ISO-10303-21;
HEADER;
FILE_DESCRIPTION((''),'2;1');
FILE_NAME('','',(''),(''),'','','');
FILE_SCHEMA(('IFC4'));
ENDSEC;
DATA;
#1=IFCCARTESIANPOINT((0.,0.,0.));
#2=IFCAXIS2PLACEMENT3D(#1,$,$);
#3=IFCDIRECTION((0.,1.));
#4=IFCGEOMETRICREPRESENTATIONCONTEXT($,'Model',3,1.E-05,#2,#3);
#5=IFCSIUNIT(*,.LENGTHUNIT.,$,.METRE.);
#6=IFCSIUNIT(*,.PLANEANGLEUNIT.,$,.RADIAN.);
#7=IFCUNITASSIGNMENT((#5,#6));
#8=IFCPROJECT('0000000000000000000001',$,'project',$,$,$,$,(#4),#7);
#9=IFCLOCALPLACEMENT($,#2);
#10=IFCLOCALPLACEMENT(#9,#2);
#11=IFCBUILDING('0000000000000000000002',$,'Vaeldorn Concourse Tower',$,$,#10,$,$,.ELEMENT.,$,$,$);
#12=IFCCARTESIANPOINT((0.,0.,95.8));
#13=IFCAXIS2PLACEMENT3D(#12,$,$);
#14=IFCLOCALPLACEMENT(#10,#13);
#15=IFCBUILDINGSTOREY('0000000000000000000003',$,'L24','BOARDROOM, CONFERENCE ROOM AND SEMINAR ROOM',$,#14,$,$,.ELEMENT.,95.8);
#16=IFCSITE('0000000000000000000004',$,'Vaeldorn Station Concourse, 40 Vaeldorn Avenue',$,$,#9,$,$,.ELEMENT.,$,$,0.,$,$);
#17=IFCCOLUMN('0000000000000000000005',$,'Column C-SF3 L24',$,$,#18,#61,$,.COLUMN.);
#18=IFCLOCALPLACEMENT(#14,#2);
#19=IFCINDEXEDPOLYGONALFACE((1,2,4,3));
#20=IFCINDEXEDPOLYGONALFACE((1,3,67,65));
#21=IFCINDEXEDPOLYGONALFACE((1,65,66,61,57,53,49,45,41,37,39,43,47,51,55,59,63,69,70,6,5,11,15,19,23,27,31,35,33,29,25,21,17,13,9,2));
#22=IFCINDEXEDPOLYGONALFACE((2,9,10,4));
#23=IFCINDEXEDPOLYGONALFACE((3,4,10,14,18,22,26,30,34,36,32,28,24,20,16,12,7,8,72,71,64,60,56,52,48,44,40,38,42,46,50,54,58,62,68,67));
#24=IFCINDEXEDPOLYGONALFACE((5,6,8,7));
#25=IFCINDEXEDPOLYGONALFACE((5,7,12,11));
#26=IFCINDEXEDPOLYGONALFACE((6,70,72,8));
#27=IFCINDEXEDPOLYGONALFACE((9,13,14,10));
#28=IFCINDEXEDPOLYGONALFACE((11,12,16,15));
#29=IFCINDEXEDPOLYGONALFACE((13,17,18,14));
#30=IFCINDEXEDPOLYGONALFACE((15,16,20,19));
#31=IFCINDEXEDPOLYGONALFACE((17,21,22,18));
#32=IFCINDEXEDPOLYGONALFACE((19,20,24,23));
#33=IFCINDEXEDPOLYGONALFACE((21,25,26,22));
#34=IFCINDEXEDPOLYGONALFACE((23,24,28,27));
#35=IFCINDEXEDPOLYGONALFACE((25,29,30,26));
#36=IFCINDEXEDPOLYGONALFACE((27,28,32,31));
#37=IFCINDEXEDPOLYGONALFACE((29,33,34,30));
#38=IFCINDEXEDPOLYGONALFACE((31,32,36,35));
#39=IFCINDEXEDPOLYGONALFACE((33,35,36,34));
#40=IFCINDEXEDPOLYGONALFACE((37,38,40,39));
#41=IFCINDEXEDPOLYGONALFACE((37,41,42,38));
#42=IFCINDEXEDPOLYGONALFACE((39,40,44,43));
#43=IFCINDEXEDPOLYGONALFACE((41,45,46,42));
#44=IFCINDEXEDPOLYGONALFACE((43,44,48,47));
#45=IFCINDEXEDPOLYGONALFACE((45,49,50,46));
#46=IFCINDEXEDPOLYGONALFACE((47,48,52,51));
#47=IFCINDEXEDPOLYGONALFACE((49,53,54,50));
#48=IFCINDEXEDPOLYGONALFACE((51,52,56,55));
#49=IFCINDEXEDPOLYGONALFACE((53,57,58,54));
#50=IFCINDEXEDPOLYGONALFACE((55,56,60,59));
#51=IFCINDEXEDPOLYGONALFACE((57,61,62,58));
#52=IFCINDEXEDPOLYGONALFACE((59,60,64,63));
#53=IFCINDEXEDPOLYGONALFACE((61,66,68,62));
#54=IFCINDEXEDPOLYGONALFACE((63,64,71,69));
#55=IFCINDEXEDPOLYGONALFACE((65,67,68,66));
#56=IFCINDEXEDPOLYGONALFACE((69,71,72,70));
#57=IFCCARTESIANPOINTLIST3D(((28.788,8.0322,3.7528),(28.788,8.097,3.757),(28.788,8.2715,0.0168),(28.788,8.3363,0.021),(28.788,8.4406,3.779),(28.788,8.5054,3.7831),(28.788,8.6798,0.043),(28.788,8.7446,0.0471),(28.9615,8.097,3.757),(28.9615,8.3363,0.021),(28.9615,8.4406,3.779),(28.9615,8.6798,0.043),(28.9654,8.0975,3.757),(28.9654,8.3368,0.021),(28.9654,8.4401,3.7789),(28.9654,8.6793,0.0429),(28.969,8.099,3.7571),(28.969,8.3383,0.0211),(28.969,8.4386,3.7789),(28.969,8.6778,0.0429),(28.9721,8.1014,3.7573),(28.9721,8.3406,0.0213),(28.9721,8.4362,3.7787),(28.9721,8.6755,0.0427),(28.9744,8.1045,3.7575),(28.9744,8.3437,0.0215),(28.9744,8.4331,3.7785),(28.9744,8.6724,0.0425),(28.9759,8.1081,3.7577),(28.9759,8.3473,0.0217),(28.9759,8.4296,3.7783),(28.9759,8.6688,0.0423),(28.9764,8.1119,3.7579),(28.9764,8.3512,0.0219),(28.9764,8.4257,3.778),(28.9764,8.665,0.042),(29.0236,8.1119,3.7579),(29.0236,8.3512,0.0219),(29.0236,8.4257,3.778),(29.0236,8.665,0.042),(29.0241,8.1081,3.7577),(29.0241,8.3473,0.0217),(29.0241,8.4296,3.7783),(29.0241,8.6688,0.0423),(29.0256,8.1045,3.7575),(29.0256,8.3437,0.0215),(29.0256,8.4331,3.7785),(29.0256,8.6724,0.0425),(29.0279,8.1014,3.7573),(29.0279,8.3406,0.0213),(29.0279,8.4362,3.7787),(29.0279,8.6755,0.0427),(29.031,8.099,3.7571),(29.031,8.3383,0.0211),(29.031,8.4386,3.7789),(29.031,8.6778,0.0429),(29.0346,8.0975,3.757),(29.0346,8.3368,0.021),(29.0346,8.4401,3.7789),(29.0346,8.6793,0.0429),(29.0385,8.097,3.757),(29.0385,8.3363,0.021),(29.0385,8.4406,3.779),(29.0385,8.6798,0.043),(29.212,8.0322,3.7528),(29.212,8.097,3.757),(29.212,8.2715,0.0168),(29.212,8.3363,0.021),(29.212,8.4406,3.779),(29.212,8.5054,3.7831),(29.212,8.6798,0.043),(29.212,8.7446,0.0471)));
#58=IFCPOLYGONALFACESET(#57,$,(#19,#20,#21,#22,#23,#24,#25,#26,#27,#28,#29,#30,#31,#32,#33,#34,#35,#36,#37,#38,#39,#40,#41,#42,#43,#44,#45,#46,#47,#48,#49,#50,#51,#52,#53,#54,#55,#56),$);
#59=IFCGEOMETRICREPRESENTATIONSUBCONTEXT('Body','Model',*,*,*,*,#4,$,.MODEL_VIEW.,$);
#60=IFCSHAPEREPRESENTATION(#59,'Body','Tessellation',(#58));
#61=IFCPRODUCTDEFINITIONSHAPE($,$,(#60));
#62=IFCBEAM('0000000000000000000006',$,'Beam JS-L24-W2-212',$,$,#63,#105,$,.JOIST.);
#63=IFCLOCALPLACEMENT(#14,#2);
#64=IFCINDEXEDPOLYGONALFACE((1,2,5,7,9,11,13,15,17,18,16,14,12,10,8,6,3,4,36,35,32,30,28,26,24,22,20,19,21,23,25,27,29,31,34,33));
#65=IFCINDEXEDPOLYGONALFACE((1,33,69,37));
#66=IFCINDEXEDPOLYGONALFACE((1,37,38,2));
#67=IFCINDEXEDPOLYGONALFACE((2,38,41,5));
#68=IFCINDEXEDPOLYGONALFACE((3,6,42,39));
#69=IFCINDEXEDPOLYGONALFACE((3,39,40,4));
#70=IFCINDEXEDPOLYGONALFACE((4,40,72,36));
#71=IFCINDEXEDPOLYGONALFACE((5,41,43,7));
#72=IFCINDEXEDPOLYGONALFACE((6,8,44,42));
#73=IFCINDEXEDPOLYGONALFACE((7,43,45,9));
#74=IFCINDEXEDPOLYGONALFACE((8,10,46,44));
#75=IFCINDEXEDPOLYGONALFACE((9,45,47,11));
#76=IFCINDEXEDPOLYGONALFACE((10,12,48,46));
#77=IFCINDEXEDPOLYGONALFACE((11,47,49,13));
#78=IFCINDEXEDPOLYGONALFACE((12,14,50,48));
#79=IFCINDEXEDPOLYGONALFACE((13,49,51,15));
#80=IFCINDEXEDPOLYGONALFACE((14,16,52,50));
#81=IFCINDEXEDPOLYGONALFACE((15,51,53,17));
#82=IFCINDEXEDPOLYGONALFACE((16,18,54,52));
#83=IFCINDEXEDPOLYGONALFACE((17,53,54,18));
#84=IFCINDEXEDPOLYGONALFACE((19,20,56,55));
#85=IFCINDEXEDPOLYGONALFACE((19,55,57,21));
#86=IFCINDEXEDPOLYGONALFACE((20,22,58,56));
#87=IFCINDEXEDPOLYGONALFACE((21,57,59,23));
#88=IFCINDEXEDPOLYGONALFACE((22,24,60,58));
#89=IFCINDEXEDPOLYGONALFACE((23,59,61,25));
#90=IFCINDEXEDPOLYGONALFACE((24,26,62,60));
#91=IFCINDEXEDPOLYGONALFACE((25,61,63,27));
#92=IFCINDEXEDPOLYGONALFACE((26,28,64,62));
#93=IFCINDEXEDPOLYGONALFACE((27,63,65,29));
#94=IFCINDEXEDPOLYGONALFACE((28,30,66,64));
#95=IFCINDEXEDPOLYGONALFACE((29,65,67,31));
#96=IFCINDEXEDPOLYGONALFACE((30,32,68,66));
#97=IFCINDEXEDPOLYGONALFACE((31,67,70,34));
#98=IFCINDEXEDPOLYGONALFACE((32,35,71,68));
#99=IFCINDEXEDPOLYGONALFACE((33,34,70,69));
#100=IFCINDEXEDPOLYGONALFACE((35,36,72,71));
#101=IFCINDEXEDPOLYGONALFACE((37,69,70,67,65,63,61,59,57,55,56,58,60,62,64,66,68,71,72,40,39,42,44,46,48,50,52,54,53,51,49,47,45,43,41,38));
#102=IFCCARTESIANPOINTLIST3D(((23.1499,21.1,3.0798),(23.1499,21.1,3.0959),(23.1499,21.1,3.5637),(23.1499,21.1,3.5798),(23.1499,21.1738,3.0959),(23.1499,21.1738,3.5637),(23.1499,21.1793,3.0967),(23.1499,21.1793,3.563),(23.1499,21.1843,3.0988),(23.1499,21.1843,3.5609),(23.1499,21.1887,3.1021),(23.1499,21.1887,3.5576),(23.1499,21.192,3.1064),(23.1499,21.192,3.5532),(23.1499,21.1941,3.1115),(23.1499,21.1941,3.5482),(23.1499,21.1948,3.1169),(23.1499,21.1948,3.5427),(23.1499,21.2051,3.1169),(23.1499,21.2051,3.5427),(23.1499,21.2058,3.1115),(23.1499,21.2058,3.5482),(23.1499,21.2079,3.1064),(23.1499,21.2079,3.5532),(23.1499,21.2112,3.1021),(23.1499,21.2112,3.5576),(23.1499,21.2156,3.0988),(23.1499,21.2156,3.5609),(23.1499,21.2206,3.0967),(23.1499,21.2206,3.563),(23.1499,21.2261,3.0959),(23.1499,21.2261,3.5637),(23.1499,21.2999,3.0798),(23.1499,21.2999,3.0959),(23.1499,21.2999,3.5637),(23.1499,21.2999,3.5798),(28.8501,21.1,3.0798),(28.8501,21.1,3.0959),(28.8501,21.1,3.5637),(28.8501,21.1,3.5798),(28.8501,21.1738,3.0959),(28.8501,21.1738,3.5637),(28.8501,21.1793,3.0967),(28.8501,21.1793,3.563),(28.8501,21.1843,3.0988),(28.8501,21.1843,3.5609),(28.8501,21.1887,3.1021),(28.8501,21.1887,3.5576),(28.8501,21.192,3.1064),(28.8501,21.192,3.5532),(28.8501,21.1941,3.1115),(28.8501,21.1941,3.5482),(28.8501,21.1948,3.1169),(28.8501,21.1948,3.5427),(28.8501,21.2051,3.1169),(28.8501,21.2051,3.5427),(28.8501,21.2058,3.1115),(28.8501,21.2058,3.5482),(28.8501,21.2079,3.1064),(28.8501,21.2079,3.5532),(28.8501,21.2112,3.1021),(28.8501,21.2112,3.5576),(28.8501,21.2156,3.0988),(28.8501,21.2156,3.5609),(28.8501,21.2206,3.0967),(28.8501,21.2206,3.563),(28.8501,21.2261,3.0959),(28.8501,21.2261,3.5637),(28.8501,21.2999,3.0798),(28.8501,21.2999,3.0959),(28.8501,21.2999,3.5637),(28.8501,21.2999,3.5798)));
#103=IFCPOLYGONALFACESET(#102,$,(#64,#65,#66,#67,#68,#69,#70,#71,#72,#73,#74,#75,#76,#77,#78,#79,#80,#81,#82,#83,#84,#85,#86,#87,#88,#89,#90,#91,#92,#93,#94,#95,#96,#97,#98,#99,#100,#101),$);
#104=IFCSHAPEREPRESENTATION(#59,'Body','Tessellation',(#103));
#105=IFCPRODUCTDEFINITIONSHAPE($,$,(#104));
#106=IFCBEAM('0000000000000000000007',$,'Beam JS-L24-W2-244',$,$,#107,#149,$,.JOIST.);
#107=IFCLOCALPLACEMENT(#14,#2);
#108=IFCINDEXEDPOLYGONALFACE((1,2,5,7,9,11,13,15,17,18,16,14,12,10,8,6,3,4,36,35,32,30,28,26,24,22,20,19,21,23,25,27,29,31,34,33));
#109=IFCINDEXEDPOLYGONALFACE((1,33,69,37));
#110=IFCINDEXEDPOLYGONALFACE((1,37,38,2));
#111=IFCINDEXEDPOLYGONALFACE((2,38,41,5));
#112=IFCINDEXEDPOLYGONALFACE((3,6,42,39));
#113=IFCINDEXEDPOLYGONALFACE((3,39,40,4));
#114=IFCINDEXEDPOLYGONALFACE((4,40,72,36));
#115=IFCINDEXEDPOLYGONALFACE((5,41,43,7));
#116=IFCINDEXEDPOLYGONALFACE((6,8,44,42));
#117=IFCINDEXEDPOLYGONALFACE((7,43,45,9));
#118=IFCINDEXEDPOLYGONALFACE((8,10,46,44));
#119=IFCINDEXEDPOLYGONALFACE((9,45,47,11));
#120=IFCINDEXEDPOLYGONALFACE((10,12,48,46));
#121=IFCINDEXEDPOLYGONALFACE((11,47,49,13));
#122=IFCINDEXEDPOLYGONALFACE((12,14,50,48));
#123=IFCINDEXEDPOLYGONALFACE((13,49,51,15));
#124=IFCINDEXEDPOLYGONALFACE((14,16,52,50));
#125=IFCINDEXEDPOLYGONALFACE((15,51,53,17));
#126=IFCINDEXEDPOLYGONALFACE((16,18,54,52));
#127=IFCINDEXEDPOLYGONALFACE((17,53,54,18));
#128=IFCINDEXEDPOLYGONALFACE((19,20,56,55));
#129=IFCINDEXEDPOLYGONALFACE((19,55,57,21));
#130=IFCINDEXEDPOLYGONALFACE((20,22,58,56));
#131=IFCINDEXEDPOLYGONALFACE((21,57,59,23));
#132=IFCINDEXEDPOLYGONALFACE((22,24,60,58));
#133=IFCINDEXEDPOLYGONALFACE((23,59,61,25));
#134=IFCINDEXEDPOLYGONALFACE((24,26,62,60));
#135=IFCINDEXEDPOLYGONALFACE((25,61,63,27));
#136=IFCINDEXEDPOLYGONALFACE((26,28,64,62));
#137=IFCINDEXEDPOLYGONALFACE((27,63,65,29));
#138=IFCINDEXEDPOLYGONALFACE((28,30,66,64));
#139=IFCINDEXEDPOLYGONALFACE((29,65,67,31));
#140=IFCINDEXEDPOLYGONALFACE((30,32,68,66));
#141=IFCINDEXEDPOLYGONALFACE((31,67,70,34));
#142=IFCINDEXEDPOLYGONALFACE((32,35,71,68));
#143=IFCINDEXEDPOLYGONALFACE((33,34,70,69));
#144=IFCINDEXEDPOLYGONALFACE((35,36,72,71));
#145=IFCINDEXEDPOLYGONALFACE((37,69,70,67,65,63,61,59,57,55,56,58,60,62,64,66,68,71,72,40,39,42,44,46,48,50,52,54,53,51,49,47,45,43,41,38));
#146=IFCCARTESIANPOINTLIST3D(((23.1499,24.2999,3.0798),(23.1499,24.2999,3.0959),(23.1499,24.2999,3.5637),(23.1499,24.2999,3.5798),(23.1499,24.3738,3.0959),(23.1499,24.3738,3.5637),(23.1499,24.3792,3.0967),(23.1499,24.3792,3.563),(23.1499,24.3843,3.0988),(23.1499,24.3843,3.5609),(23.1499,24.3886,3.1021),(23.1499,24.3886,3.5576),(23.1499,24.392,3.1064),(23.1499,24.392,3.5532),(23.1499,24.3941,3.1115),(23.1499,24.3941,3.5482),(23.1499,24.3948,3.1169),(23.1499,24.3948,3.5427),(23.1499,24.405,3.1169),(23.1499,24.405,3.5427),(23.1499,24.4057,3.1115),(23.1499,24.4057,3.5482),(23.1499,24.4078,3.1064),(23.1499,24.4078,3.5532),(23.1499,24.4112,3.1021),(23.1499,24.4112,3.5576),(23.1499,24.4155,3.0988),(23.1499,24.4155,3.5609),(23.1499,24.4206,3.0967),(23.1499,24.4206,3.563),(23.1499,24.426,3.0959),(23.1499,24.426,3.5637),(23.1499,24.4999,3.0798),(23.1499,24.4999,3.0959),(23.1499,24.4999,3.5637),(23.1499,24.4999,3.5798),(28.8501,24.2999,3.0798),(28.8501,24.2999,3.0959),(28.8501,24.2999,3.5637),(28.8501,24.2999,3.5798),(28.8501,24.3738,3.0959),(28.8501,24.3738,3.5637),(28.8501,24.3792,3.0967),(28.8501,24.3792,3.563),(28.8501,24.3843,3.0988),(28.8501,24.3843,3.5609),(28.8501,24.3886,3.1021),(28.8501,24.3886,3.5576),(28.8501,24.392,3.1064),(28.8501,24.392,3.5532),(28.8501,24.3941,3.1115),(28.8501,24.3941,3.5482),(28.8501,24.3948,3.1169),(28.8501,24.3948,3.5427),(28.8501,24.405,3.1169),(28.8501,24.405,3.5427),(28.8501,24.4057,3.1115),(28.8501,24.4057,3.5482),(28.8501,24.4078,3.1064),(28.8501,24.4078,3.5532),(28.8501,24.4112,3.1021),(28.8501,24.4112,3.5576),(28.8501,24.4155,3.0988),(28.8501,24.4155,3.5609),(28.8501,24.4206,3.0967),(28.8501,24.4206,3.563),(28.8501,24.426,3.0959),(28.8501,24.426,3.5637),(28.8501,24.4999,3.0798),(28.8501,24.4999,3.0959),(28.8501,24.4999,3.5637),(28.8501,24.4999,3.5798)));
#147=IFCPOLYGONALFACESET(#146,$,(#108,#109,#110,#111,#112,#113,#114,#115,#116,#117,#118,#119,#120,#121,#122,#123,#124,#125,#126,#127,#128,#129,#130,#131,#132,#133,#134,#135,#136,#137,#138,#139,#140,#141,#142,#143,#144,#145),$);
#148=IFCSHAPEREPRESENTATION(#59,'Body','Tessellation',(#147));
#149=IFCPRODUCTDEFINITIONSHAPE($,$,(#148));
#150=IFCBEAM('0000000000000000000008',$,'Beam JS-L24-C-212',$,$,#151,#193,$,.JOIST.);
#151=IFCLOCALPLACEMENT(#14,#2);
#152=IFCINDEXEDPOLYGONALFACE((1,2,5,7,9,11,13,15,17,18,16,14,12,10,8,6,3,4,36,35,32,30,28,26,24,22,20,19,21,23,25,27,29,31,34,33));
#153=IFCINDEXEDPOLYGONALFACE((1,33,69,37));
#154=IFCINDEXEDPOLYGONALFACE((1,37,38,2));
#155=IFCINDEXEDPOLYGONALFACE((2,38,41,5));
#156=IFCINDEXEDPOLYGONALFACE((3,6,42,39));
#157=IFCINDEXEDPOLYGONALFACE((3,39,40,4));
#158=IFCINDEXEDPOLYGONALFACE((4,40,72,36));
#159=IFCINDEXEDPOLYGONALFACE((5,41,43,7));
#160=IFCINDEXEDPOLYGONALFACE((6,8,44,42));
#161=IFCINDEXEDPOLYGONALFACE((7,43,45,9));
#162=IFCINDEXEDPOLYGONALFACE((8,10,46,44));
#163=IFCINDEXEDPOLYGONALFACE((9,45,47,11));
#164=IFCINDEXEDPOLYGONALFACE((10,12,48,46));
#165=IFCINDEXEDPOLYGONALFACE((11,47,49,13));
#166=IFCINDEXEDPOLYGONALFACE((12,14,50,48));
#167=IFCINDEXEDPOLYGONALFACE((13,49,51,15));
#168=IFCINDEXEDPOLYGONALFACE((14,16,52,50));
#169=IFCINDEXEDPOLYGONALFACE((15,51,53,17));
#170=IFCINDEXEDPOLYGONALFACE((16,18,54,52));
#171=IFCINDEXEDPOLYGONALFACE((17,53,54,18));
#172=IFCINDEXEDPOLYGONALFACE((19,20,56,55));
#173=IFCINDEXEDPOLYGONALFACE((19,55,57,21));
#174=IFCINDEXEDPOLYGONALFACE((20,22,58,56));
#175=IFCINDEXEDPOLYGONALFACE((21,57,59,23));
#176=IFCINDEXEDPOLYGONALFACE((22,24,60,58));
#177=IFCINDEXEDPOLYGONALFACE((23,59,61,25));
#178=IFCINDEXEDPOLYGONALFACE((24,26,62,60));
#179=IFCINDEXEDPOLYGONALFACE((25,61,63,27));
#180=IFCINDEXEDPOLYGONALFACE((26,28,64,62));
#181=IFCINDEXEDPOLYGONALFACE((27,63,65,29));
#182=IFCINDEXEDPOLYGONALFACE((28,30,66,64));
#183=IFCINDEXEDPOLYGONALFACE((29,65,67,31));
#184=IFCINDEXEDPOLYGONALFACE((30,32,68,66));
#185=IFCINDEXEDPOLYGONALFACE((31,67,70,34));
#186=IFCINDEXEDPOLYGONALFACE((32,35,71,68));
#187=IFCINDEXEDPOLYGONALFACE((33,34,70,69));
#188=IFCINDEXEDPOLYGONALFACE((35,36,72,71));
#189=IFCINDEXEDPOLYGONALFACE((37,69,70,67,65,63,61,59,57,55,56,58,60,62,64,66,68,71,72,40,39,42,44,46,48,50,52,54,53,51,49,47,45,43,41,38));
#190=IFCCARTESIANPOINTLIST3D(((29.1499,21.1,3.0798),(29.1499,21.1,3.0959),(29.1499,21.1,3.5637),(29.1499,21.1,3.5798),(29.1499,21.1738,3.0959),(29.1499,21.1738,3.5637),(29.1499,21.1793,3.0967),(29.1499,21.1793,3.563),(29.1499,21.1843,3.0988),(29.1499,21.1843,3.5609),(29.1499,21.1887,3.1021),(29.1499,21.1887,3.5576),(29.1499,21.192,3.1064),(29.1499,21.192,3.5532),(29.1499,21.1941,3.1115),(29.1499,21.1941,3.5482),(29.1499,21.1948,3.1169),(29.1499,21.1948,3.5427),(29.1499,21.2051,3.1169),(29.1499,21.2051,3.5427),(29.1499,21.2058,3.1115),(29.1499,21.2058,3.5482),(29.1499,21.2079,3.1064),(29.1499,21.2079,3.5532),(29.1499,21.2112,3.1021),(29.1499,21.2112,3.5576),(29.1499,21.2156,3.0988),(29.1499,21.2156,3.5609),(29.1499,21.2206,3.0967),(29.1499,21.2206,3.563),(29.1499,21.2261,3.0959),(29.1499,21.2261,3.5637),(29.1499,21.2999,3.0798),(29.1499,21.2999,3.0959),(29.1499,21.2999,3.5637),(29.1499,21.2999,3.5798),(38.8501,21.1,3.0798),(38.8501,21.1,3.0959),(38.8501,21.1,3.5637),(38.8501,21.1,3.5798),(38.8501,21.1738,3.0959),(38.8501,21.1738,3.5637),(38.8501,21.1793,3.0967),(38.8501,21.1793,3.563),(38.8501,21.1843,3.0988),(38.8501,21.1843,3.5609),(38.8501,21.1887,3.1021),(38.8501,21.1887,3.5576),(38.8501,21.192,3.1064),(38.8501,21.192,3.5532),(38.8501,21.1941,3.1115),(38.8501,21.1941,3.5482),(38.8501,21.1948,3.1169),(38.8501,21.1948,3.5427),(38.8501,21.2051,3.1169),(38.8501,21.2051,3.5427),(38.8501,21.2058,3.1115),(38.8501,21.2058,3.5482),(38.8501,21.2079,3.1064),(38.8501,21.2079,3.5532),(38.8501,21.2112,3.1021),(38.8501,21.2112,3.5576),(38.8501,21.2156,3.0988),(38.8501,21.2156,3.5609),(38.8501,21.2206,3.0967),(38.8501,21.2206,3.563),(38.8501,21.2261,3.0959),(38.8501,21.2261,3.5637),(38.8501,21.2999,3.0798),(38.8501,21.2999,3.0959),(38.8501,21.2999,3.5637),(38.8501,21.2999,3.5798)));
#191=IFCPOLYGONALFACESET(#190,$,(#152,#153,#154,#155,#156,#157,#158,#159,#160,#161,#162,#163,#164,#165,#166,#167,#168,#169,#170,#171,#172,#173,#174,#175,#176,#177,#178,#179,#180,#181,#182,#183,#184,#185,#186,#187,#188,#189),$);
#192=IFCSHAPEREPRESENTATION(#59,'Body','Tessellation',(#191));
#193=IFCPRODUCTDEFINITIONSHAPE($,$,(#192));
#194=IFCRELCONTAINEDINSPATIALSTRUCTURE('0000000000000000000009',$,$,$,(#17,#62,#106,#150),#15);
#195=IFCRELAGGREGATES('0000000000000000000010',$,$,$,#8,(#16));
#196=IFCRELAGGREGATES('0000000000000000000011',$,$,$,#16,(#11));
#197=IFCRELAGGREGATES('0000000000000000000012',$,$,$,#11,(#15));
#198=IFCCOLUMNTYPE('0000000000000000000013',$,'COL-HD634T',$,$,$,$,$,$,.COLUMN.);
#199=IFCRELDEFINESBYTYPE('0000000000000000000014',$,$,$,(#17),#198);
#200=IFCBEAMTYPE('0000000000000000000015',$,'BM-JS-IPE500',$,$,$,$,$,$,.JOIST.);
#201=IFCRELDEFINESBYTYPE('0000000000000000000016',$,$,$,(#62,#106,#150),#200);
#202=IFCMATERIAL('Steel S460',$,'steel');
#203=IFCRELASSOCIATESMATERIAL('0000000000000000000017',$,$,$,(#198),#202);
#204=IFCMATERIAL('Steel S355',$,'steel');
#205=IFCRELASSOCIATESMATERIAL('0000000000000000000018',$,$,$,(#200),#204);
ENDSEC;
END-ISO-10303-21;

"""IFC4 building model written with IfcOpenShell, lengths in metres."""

from ifc_helpers import new_model, si_unit, direction, frame, origin, origin_2d, place, context, subcontext, project, spatial, i_section, extrude, source, transform, mapped, material, material_profile, profile_set, type_object, element, save


model = new_model("IFC4")

# Units and contexts
model_context = context("Model", 3, precision=1e-05, world=origin(), true_north=direction((0.0, 1.0)))
body_context = subcontext(model_context, "Body", "Model", "MODEL_VIEW")
ifc_project = project(units=[si_unit("LENGTHUNIT", "METRE"), si_unit("PLANEANGLEUNIT", "RADIAN")], contexts=[model_context])

# Site, building, storey
site_placement = place(None, origin())
site = spatial("IfcSite", under=ifc_project, at=site_placement, Name="Vaeldorn Station Concourse, 40 Vaeldorn Avenue", CompositionType="ELEMENT", RefElevation=0.0)
building_placement = place(site_placement, origin())
building = spatial("IfcBuilding", under=site, at=building_placement, Name="Vaeldorn Concourse Tower", CompositionType="ELEMENT")
storey_placement = place(building_placement, frame((0.0, 0.0, 95.8)))
storey = spatial("IfcBuildingStorey", under=building, at=storey_placement, Name="L24", Description="BOARDROOM, CONFERENCE ROOM AND SEMINAR ROOM", CompositionType="ELEMENT", Elevation=95.8)

# Column
ifc_material_1 = material(Name="Steel S460", Category="steel")
ifc_material_profile_1 = material_profile(ifc_material_1, i_section(OverallWidth=0.4241, OverallDepth=0.4741, WebThickness=0.0471, FlangeThickness=0.0649, FilletRadius=0.0149, at=origin_2d()), Name="HD 400x634")
ifc_profile_set_1 = profile_set([ifc_material_profile_1], Name="Steel S460")
column_type_1 = type_object("IfcColumnType", Name="COL-HD634T", PredefinedType="COLUMN", material=ifc_profile_set_1)
shared_shape_1 = source(origin(), body_context, "Body", "SweptSolid", [
    extrude(i_section(OverallWidth=0.4241, OverallDepth=0.4741, WebThickness=0.0471, FlangeThickness=0.0649, FilletRadius=0.0149, at=origin_2d()), origin(), (0.0, 0.0, 1.0), 3.7437),
])
column_1_placement = place(storey_placement, frame((29.0, 8.5081, 0.032), z_axis=(0.0, -0.063909, 0.997956), x_axis=(1.0, 0.0, 0.0)))
element("IfcColumn", 1, at=column_1_placement, inside=storey, type_object=column_type_1, Name="Column C-SF3 L24", PredefinedType="COLUMN", context=body_context, shape_type="MappedRepresentation", body=[
    mapped(shared_shape_1, transform((0.0, 0.0, 0.0), scale=1.0)),
])

# Beams
ifc_material_2 = material(Name="Steel S355", Category="steel")
ifc_material_profile_2 = material_profile(ifc_material_2, i_section(OverallWidth=0.2, OverallDepth=0.5, WebThickness=0.0103, FlangeThickness=0.0161, FilletRadius=0.021, at=origin_2d()), Name="IPE 500")
ifc_profile_set_2 = profile_set([ifc_material_profile_2], Name="Steel S355")
beam_type_1 = type_object("IfcBeamType", Name="BM-JS-IPE500", PredefinedType="JOIST", material=ifc_profile_set_2)
shared_shape_2 = source(origin(), body_context, "Body", "SweptSolid", [
    extrude(i_section(OverallWidth=0.2, OverallDepth=0.5, WebThickness=0.0103, FlangeThickness=0.0161, FilletRadius=0.021, at=origin_2d()), origin(), (0.0, 0.0, 1.0), 5.7002),
])
for number, where, z_axis, x_axis, name in (
    (2, (23.1499, 21.2, 3.3298), (1.0, 0.0, 0.0), (0.0, 1.0, 0.0), "Beam JS-L24-W2-212"),
    (3, (23.1499, 24.3999, 3.3298), (1.0, 0.0, 0.0), (0.0, 1.0, 0.0), "Beam JS-L24-W2-244"),
):
    element("IfcBeam", number, at=place(storey_placement, frame(where, z_axis=z_axis, x_axis=x_axis)), inside=storey, type_object=beam_type_1, Name=name, PredefinedType="JOIST", context=body_context, shape_type="MappedRepresentation", body=[
        mapped(shared_shape_2, transform((0.0, 0.0, 0.0), scale=1.0)),
    ])
shared_shape_3 = source(origin(), body_context, "Body", "SweptSolid", [
    extrude(i_section(OverallWidth=0.2, OverallDepth=0.5, WebThickness=0.0103, FlangeThickness=0.0161, FilletRadius=0.021, at=origin_2d()), origin(), (0.0, 0.0, 1.0), 9.7002),
])
beam_1_placement = place(storey_placement, frame((29.1499, 21.2, 3.3298), z_axis=(1.0, 0.0, 0.0), x_axis=(0.0, 1.0, 0.0)))
element("IfcBeam", 4, at=beam_1_placement, inside=storey, type_object=beam_type_1, Name="Beam JS-L24-C-212", PredefinedType="JOIST", context=body_context, shape_type="MappedRepresentation", body=[
    mapped(shared_shape_3, transform((0.0, 0.0, 0.0), scale=1.0)),
])

save(model, "model.ifc")
